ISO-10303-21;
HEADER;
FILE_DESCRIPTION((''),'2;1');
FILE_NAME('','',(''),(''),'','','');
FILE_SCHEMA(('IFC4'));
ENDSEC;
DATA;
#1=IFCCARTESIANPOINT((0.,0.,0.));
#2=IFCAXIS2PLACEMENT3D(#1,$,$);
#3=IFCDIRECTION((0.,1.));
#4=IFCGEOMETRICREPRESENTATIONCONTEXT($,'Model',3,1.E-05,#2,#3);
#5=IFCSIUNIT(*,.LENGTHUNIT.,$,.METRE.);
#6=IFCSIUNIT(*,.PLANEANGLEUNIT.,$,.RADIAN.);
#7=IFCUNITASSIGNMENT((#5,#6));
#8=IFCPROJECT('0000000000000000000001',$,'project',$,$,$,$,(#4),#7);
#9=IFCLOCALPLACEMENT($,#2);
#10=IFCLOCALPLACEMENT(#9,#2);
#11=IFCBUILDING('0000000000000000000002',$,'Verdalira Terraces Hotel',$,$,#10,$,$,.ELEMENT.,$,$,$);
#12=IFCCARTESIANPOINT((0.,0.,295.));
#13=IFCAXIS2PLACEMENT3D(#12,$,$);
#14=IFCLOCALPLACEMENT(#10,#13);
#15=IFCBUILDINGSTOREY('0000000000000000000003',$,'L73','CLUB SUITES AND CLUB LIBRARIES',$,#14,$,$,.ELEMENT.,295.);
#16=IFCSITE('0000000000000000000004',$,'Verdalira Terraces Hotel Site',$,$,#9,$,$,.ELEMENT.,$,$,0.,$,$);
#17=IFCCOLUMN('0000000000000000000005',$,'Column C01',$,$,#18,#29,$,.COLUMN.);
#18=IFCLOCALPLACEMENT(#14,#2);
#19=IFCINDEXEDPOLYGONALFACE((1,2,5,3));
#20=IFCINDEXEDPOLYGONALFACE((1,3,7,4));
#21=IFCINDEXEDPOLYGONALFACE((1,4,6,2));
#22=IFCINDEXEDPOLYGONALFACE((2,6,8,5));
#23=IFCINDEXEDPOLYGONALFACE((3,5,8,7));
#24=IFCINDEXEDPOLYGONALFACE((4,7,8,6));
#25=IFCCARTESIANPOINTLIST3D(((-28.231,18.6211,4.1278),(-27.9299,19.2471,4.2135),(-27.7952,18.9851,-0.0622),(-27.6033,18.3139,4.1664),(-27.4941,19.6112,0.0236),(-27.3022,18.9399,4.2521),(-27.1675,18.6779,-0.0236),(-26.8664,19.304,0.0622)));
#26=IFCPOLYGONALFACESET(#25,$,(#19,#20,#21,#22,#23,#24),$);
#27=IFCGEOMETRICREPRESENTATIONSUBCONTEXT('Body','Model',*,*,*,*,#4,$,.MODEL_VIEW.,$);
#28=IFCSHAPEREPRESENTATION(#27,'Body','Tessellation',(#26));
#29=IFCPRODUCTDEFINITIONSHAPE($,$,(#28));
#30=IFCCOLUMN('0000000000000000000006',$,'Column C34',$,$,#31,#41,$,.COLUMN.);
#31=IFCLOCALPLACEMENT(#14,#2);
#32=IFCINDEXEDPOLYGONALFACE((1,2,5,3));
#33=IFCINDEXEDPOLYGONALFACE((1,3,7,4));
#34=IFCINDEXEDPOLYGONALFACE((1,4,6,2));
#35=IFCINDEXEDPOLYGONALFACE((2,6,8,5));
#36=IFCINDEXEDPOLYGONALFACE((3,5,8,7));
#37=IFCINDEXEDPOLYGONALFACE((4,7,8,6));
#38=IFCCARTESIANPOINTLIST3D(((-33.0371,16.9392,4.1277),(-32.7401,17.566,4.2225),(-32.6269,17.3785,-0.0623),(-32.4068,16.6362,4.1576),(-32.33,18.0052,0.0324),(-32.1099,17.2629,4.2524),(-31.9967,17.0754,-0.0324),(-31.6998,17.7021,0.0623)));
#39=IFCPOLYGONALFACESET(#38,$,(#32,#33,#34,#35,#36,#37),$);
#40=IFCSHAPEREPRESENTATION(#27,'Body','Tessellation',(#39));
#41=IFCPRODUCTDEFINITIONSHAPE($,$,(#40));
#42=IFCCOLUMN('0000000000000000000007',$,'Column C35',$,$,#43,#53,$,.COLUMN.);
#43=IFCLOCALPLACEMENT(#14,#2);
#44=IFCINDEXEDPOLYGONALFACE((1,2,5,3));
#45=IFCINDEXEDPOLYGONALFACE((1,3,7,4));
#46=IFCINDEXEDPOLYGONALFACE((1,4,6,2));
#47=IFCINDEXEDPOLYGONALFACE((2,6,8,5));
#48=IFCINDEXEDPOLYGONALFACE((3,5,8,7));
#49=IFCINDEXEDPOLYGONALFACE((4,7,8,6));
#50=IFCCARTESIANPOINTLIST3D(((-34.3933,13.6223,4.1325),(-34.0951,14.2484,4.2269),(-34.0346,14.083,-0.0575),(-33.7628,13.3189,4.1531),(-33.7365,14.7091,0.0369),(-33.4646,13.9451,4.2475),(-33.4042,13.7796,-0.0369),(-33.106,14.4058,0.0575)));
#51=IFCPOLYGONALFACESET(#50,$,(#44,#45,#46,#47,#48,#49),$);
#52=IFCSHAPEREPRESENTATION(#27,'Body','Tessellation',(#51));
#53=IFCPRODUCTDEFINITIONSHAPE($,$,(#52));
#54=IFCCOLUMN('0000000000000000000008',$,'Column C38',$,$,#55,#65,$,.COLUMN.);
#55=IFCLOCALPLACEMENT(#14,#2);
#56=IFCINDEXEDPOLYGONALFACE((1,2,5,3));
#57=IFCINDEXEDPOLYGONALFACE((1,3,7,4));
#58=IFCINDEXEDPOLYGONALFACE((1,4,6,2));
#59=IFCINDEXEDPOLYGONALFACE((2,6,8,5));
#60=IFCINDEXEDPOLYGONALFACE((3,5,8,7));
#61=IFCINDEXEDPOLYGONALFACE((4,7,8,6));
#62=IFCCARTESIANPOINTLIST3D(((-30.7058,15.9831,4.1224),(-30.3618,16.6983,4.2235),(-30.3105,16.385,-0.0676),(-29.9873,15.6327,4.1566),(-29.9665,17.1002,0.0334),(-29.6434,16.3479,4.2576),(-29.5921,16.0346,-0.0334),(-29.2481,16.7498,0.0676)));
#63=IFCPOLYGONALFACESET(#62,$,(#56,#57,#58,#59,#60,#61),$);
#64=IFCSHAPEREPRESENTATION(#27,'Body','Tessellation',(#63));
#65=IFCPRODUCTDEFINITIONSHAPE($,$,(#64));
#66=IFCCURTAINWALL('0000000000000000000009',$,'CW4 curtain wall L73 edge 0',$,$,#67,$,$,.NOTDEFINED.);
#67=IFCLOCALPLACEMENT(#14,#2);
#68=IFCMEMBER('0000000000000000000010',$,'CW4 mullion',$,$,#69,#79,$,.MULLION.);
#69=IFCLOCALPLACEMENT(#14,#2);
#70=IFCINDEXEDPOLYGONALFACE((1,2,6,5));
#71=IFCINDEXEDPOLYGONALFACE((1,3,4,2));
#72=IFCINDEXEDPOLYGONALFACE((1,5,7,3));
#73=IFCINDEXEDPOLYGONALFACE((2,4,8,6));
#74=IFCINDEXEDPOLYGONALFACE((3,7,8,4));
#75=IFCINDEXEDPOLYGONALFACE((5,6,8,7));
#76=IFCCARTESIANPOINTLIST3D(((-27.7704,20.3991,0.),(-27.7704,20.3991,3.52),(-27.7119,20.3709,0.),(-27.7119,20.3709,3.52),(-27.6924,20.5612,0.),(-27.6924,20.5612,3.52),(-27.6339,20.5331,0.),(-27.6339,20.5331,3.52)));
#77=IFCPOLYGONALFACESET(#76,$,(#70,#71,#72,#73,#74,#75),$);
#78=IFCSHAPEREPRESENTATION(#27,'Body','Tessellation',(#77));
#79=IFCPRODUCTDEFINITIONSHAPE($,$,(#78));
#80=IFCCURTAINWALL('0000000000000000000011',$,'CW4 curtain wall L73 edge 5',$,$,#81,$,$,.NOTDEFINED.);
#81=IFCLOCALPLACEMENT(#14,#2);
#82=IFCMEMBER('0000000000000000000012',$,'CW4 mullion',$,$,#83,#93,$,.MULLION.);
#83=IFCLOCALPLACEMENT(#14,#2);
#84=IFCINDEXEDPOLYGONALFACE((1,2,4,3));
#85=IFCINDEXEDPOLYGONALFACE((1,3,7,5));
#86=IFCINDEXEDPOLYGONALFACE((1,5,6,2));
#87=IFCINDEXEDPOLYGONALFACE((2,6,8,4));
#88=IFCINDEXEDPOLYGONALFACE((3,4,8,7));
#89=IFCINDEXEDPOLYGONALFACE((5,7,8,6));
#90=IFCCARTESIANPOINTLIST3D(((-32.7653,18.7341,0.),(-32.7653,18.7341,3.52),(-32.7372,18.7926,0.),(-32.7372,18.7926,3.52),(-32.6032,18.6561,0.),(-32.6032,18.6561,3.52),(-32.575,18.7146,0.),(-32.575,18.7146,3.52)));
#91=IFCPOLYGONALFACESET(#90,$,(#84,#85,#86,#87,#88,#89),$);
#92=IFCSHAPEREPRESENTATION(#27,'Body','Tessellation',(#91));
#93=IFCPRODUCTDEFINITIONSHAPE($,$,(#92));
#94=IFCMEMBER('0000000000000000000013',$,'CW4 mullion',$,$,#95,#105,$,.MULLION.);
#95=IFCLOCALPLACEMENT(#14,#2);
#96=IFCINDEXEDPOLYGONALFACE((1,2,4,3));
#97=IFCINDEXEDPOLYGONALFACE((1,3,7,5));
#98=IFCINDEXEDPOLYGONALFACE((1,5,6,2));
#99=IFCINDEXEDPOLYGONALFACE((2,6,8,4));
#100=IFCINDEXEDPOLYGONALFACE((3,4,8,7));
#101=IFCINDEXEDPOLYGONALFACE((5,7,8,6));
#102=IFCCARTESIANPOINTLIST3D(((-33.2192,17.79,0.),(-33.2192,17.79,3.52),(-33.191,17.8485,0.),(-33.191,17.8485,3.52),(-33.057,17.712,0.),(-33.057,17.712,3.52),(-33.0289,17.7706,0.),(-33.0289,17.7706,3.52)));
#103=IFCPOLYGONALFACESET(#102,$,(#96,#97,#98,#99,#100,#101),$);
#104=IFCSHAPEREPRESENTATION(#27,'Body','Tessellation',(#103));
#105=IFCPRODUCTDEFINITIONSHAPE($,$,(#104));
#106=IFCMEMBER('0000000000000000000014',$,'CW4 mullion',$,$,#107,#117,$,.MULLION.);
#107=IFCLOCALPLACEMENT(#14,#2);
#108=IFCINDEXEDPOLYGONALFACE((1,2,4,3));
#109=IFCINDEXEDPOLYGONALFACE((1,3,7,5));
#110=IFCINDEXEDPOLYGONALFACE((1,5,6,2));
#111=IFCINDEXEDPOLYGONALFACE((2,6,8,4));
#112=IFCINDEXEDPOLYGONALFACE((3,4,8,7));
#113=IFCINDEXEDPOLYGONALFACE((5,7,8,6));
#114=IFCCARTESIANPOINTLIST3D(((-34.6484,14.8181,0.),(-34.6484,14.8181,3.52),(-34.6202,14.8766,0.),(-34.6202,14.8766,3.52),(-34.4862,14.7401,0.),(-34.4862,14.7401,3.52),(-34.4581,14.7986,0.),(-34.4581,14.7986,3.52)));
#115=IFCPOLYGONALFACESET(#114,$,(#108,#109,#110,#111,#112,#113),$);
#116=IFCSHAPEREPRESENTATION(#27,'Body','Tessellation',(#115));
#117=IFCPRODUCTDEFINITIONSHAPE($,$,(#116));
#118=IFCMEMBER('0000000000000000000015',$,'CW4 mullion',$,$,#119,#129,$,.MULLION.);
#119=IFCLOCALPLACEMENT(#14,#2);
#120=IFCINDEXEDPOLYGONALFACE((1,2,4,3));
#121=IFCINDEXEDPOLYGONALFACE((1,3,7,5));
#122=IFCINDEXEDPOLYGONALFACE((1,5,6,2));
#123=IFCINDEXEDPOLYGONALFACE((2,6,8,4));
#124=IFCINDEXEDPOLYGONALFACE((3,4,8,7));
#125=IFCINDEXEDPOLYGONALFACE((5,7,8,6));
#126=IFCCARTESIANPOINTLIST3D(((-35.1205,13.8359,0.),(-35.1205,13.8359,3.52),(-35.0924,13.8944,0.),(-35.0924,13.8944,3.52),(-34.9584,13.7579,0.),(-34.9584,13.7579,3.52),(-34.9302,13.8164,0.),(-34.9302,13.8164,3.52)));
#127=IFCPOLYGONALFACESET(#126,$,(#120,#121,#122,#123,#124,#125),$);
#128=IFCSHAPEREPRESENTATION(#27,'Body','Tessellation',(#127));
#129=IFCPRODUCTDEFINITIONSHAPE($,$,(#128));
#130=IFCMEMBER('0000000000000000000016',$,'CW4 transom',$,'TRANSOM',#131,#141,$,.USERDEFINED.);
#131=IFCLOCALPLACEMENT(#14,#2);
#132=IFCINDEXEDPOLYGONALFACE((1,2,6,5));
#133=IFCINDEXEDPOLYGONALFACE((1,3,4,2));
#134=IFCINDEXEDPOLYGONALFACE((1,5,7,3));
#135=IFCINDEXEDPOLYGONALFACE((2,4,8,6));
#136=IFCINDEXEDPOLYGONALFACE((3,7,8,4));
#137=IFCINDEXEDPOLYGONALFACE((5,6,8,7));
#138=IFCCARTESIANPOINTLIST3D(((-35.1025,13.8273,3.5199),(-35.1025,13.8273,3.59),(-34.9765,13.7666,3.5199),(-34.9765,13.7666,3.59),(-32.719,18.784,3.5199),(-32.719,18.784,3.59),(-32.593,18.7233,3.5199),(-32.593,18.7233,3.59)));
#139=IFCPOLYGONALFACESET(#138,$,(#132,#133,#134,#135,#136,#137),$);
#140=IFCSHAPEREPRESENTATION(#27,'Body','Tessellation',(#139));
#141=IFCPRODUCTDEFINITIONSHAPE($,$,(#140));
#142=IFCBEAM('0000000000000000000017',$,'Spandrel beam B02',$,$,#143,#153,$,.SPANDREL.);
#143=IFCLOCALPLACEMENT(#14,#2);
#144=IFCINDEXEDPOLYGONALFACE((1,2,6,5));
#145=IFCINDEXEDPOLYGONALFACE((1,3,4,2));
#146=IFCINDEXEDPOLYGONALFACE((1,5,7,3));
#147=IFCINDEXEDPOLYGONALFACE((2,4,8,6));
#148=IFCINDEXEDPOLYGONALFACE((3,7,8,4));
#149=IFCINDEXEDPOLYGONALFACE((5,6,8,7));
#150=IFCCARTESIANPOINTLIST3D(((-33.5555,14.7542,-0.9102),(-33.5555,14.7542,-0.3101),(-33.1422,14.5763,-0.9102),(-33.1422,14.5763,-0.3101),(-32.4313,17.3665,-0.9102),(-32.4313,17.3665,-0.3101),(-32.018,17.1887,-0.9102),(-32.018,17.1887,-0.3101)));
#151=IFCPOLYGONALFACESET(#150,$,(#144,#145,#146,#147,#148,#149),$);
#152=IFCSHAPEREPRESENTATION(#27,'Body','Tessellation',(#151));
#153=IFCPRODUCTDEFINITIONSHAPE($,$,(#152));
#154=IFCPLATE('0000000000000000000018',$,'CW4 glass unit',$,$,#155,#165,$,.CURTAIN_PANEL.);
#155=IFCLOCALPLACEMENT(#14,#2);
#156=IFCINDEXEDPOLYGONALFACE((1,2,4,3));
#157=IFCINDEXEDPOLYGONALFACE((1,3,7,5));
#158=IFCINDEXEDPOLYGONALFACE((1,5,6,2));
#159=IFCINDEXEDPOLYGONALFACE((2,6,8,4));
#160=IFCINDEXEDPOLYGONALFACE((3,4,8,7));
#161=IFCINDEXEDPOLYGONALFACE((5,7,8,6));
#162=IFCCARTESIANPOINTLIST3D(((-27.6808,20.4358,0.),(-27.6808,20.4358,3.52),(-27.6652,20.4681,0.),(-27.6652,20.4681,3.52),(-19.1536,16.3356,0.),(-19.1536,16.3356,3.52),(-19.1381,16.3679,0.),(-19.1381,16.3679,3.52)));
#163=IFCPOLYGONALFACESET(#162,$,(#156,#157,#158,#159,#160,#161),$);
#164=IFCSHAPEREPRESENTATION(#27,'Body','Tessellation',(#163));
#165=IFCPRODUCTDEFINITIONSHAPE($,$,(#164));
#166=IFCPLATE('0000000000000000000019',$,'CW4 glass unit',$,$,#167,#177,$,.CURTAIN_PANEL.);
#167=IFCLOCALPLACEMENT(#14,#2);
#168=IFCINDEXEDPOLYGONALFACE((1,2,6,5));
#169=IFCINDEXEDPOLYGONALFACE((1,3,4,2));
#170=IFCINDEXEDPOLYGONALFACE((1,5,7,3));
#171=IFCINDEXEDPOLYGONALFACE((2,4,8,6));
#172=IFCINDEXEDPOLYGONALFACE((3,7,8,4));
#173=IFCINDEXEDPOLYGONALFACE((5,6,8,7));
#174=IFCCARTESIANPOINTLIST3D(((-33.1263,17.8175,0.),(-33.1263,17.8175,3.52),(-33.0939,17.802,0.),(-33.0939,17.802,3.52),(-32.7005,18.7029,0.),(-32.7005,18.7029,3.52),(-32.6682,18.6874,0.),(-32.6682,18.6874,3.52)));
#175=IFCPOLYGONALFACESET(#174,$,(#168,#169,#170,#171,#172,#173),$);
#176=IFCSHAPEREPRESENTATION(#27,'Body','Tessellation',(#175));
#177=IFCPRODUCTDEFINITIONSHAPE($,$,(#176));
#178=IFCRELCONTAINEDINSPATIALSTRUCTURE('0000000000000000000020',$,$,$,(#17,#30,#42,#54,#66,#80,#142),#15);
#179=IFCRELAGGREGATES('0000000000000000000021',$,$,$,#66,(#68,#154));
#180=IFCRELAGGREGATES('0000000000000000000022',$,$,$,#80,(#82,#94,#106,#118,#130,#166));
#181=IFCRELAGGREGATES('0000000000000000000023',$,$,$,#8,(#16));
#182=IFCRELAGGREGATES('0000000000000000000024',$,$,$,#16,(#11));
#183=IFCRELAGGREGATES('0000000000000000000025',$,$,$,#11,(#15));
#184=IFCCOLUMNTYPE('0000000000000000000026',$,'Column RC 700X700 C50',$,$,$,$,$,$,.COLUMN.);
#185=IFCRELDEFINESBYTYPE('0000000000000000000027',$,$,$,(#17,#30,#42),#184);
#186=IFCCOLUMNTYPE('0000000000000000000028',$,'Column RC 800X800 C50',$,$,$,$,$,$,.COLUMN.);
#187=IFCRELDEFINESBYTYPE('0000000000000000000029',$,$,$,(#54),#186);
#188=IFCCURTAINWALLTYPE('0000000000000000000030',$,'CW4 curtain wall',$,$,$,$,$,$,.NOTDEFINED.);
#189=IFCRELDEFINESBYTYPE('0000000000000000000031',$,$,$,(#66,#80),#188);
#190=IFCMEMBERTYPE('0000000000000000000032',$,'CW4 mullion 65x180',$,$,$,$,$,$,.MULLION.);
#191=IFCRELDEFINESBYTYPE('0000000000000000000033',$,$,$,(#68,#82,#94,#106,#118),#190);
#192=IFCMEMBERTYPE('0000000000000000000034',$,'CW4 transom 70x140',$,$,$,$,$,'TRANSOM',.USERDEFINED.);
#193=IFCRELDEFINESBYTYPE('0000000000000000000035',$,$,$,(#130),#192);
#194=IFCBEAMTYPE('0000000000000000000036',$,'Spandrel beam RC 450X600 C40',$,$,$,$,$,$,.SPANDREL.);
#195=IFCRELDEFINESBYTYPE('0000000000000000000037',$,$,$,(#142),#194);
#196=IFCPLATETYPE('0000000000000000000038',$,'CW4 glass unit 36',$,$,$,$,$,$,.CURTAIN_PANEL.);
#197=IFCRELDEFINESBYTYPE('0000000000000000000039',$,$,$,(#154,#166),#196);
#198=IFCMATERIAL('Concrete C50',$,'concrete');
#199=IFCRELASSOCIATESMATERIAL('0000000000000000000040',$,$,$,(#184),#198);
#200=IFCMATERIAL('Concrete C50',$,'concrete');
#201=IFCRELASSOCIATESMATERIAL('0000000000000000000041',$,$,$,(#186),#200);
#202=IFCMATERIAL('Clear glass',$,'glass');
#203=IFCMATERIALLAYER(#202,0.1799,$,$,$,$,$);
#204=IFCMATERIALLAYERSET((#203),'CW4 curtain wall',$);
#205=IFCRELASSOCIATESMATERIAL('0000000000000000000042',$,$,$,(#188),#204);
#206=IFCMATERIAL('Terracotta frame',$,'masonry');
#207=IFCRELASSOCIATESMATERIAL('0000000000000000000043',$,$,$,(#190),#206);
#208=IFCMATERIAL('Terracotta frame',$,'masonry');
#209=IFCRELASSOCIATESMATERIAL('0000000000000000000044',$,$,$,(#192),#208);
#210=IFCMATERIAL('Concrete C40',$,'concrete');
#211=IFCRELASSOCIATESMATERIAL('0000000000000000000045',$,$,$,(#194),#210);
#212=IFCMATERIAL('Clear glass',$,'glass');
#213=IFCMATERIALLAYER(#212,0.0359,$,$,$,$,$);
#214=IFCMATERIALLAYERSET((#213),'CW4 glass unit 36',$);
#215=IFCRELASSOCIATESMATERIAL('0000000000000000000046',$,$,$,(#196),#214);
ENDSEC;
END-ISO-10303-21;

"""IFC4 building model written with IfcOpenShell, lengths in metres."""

from ifc_helpers import new_model, si_unit, direction, frame, origin, origin_2d, place, context, subcontext, project, spatial, rectangle, extrude, material, layer, layer_set, material_profile, profile_set, type_object, element, aggregate, save


model = new_model("IFC4")

# Units and contexts
model_context = context("Model", 3, precision=1e-05, world=origin(), true_north=direction((0.0, 1.0)))
body_context = subcontext(model_context, "Body", "Model", "MODEL_VIEW")
ifc_project = project(units=[si_unit("LENGTHUNIT", "METRE"), si_unit("PLANEANGLEUNIT", "RADIAN")], contexts=[model_context])

# Site, building, storey
site_placement = place(None, origin())
site = spatial("IfcSite", under=ifc_project, at=site_placement, Name="Verdalira Terraces Hotel Site", CompositionType="ELEMENT", RefElevation=0.0)
building_placement = place(site_placement, origin())
building = spatial("IfcBuilding", under=site, at=building_placement, Name="Verdalira Terraces Hotel", CompositionType="ELEMENT")
storey_placement = place(building_placement, frame((0.0, 0.0, 295.0)))
storey = spatial("IfcBuildingStorey", under=building, at=storey_placement, Name="L73", Description="CLUB SUITES AND CLUB LIBRARIES", CompositionType="ELEMENT", Elevation=295.0)

# Columns
ifc_material_1 = material(Name="Concrete C50", Category="concrete")
ifc_material_profile_1 = material_profile(ifc_material_1, rectangle(XDim=0.7, YDim=0.7, at=origin_2d()), Name="RC 700X700")
ifc_profile_set_1 = profile_set([ifc_material_profile_1], Name="Concrete C50")
column_type_1 = type_object("IfcColumnType", Name="Column RC 700X700 C50", PredefinedType="COLUMN", material=ifc_profile_set_1)
column_1_placement = place(storey_placement, frame((-27.3308, 19.1445, 0.0), z_axis=(-0.103067, -0.086091, 0.990942), x_axis=(-0.896848, 0.438888, -0.05515)))
element("IfcColumn", 1, at=column_1_placement, inside=storey, type_object=column_type_1, Name="Column C01", PredefinedType="COLUMN", context=body_context, shape_type="SweptSolid", body=[
    extrude(rectangle(XDim=0.7, YDim=0.7, at=origin_2d()), origin(), (0.0, 0.0, 1.0), 4.2283),
])
column_2_placement = place(storey_placement, frame((-32.1633, 17.5403, 0.0), z_axis=(-0.096899, -0.103763, 0.989871), x_axis=(-0.424203, -0.89539, -0.135384)))
element("IfcColumn", 2, at=column_2_placement, inside=storey, type_object=column_type_1, Name="Column C34", PredefinedType="COLUMN", context=body_context, shape_type="SweptSolid", body=[
    extrude(rectangle(XDim=0.7, YDim=0.7, at=origin_2d()), origin(), (0.0, 0.0, 1.0), 4.2329),
])
column_3_placement = place(storey_placement, frame((-33.5703, 14.2444, 0.0), z_axis=(-0.084777, -0.1089, 0.990431), x_axis=(-0.426014, -0.894613, -0.13483)))
element("IfcColumn", 3, at=column_3_placement, inside=storey, type_object=column_type_1, Name="Column C35", PredefinedType="COLUMN", context=body_context, shape_type="SweptSolid", body=[
    extrude(rectangle(XDim=0.7, YDim=0.7, at=origin_2d()), origin(), (0.0, 0.0, 1.0), 4.2305),
])
ifc_material_2 = material(Name="Concrete C50", Category="concrete")
ifc_material_profile_2 = material_profile(ifc_material_2, rectangle(XDim=0.8, YDim=0.8, at=origin_2d()), Name="RC 800X800")
ifc_profile_set_2 = profile_set([ifc_material_profile_2], Name="Concrete C50")
column_type_2 = type_object("IfcColumnType", Name="Column RC 800X800 C50", PredefinedType="COLUMN", material=ifc_profile_set_2)
column_4_placement = place(storey_placement, frame((-29.7793, 16.5674, 0.0), z_axis=(-0.093494, -0.095053, 0.991072), x_axis=(-0.897992, 0.437935, -0.042711)))
element("IfcColumn", 4, at=column_4_placement, inside=storey, type_object=column_type_2, Name="Column C38", PredefinedType="COLUMN", context=body_context, shape_type="SweptSolid", body=[
    extrude(rectangle(XDim=0.8, YDim=0.8, at=origin_2d()), origin(), (0.0, 0.0, 1.0), 4.2278),
])

# Curtain wall, member
ifc_material_3 = material(Name="Clear glass", Category="glass")
ifc_layer_1 = layer(ifc_material_3, 0.1799)
ifc_layer_set_1 = layer_set([ifc_layer_1], Name="CW4 curtain wall")
curtain_wall_type = type_object("IfcCurtainWallType", Name="CW4 curtain wall", PredefinedType="NOTDEFINED", material=ifc_layer_set_1)
curtain_wall_1_placement = place(storey_placement, origin())
curtain_wall_1 = element("IfcCurtainWall", 5, at=curtain_wall_1_placement, inside=storey, type_object=curtain_wall_type, Name="CW4 curtain wall L73 edge 0", PredefinedType="NOTDEFINED")
ifc_material_4 = material(Name="Terracotta frame", Category="masonry")
ifc_material_profile_3 = material_profile(ifc_material_4, rectangle(XDim=0.0649, YDim=0.1799, at=origin_2d()), Name="MU 65x180")
ifc_profile_set_3 = profile_set([ifc_material_profile_3], Name="Terracotta frame")
member_type_1 = type_object("IfcMemberType", Name="CW4 mullion 65x180", PredefinedType="MULLION", material=ifc_profile_set_3)
member_1_placement = place(storey_placement, frame((-27.7021, 20.4661, 0.0), z_axis=(0.0, 0.0, 1.0), x_axis=(-0.901228, 0.433345, 0.0)))
member_1 = element("IfcMember", 6, at=member_1_placement, type_object=member_type_1, Name="CW4 mullion", PredefinedType="MULLION", context=body_context, shape_type="SweptSolid", body=[
    extrude(rectangle(XDim=0.0649, YDim=0.1799, at=origin_2d()), origin(), (0.0, 0.0, 1.0), 3.52),
])

# Curtain wall, members
curtain_wall_2_placement = place(storey_placement, origin())
curtain_wall_2 = element("IfcCurtainWall", 7, at=curtain_wall_2_placement, inside=storey, type_object=curtain_wall_type, Name="CW4 curtain wall L73 edge 5", PredefinedType="NOTDEFINED")
member_2_placement = place(storey_placement, frame((-32.6702, 18.7244, 0.0), z_axis=(0.0, 0.0, 1.0), x_axis=(-0.433345, -0.901228, 0.0)))
member_2 = element("IfcMember", 8, at=member_2_placement, type_object=member_type_1, Name="CW4 mullion", PredefinedType="MULLION", context=body_context, shape_type="SweptSolid", body=[
    extrude(rectangle(XDim=0.0649, YDim=0.1799, at=origin_2d()), origin(), (0.0, 0.0, 1.0), 3.52),
])
member_3_placement = place(storey_placement, frame((-33.124, 17.7803, 0.0), z_axis=(0.0, 0.0, 1.0), x_axis=(-0.433345, -0.901228, 0.0)))
member_3 = element("IfcMember", 9, at=member_3_placement, type_object=member_type_1, Name="CW4 mullion", PredefinedType="MULLION", context=body_context, shape_type="SweptSolid", body=[
    extrude(rectangle(XDim=0.0649, YDim=0.1799, at=origin_2d()), origin(), (0.0, 0.0, 1.0), 3.52),
])
member_4_placement = place(storey_placement, frame((-34.5532, 14.8084, 0.0), z_axis=(0.0, 0.0, 1.0), x_axis=(-0.433345, -0.901228, 0.0)))
member_4 = element("IfcMember", 10, at=member_4_placement, type_object=member_type_1, Name="CW4 mullion", PredefinedType="MULLION", context=body_context, shape_type="SweptSolid", body=[
    extrude(rectangle(XDim=0.0649, YDim=0.1799, at=origin_2d()), origin(), (0.0, 0.0, 1.0), 3.52),
])
member_5_placement = place(storey_placement, frame((-35.0254, 13.8262, 0.0), z_axis=(0.0, 0.0, 1.0), x_axis=(-0.433345, -0.901228, 0.0)))
member_5 = element("IfcMember", 11, at=member_5_placement, type_object=member_type_1, Name="CW4 mullion", PredefinedType="MULLION", context=body_context, shape_type="SweptSolid", body=[
    extrude(rectangle(XDim=0.0649, YDim=0.1799, at=origin_2d()), origin(), (0.0, 0.0, 1.0), 3.52),
])
ifc_material_5 = material(Name="Terracotta frame", Category="masonry")
ifc_material_profile_4 = material_profile(ifc_material_5, rectangle(XDim=0.1399, YDim=0.0701, at=origin_2d()), Name="TR 70x140")
ifc_profile_set_4 = profile_set([ifc_material_profile_4], Name="Terracotta frame")
member_type_2 = type_object("IfcMemberType", Name="CW4 transom 70x140", ElementType="TRANSOM", PredefinedType="USERDEFINED", material=ifc_profile_set_4)
member_6_placement = place(storey_placement, frame((-32.656, 18.7537, 3.5549), z_axis=(-0.433364, -0.901219, 0.0), x_axis=(0.901219, -0.433364, 0.0)))
member_6 = element("IfcMember", 12, at=member_6_placement, type_object=member_type_2, Name="CW4 transom", ObjectType="TRANSOM", PredefinedType="USERDEFINED", context=body_context, shape_type="SweptSolid", body=[
    extrude(rectangle(XDim=0.1399, YDim=0.0701, at=origin_2d()), origin(), (0.0, 0.0, 1.0), 5.5),
])

# Beam
ifc_material_6 = material(Name="Concrete C40", Category="concrete")
ifc_material_profile_5 = material_profile(ifc_material_6, rectangle(XDim=0.45, YDim=0.6001, at=origin_2d()), Name="RC 450X600")
ifc_profile_set_5 = profile_set([ifc_material_profile_5], Name="Concrete C40")
beam_type = type_object("IfcBeamType", Name="Spandrel beam RC 450X600 C40", PredefinedType="SPANDREL", material=ifc_profile_set_5)
beam_placement = place(storey_placement, frame((-32.2246, 17.2776, -0.6101), z_axis=(-0.395318, -0.918545, 0.0), x_axis=(0.918545, -0.395318, 0.0)))
element("IfcBeam", 13, at=beam_placement, inside=storey, type_object=beam_type, Name="Spandrel beam B02", PredefinedType="SPANDREL", context=body_context, shape_type="SweptSolid", body=[
    extrude(rectangle(XDim=0.45, YDim=0.6001, at=origin_2d()), origin(), (0.0, 0.0, 1.0), 2.844),
])

# Plates
ifc_material_7 = material(Name="Clear glass", Category="glass")
ifc_layer_2 = layer(ifc_material_7, 0.0359)
ifc_layer_set_2 = layer_set([ifc_layer_2], Name="CW4 glass unit 36")
plate_type = type_object("IfcPlateType", Name="CW4 glass unit 36", PredefinedType="CURTAIN_PANEL", material=ifc_layer_set_2)
plate_1_placement = place(storey_placement, frame((-23.4094, 18.4019, 0.0), z_axis=(0.0, 0.0, 1.0), x_axis=(-0.901228, 0.433345, 0.0)))
plate_1 = element("IfcPlate", 14, at=plate_1_placement, type_object=plate_type, Name="CW4 glass unit", PredefinedType="CURTAIN_PANEL", context=body_context, shape_type="SweptSolid", body=[
    extrude(rectangle(XDim=9.4617, YDim=0.0359, at=origin_2d()), origin(), (0.0, 0.0, 1.0), 3.52),
])
aggregate(curtain_wall_1, [member_1, plate_1])
plate_2_placement = place(storey_placement, frame((-32.8972, 18.2524, 0.0), z_axis=(0.0, 0.0, 1.0), x_axis=(-0.433345, -0.901228, 0.0)))
plate_2 = element("IfcPlate", 15, at=plate_2_placement, type_object=plate_type, Name="CW4 glass unit", PredefinedType="CURTAIN_PANEL", context=body_context, shape_type="SweptSolid", body=[
    extrude(rectangle(XDim=0.9824, YDim=0.0359, at=origin_2d()), origin(), (0.0, 0.0, 1.0), 3.52),
])
aggregate(curtain_wall_2, [member_2, member_3, member_4, member_5, member_6, plate_2])

save(model, "model.ifc")
